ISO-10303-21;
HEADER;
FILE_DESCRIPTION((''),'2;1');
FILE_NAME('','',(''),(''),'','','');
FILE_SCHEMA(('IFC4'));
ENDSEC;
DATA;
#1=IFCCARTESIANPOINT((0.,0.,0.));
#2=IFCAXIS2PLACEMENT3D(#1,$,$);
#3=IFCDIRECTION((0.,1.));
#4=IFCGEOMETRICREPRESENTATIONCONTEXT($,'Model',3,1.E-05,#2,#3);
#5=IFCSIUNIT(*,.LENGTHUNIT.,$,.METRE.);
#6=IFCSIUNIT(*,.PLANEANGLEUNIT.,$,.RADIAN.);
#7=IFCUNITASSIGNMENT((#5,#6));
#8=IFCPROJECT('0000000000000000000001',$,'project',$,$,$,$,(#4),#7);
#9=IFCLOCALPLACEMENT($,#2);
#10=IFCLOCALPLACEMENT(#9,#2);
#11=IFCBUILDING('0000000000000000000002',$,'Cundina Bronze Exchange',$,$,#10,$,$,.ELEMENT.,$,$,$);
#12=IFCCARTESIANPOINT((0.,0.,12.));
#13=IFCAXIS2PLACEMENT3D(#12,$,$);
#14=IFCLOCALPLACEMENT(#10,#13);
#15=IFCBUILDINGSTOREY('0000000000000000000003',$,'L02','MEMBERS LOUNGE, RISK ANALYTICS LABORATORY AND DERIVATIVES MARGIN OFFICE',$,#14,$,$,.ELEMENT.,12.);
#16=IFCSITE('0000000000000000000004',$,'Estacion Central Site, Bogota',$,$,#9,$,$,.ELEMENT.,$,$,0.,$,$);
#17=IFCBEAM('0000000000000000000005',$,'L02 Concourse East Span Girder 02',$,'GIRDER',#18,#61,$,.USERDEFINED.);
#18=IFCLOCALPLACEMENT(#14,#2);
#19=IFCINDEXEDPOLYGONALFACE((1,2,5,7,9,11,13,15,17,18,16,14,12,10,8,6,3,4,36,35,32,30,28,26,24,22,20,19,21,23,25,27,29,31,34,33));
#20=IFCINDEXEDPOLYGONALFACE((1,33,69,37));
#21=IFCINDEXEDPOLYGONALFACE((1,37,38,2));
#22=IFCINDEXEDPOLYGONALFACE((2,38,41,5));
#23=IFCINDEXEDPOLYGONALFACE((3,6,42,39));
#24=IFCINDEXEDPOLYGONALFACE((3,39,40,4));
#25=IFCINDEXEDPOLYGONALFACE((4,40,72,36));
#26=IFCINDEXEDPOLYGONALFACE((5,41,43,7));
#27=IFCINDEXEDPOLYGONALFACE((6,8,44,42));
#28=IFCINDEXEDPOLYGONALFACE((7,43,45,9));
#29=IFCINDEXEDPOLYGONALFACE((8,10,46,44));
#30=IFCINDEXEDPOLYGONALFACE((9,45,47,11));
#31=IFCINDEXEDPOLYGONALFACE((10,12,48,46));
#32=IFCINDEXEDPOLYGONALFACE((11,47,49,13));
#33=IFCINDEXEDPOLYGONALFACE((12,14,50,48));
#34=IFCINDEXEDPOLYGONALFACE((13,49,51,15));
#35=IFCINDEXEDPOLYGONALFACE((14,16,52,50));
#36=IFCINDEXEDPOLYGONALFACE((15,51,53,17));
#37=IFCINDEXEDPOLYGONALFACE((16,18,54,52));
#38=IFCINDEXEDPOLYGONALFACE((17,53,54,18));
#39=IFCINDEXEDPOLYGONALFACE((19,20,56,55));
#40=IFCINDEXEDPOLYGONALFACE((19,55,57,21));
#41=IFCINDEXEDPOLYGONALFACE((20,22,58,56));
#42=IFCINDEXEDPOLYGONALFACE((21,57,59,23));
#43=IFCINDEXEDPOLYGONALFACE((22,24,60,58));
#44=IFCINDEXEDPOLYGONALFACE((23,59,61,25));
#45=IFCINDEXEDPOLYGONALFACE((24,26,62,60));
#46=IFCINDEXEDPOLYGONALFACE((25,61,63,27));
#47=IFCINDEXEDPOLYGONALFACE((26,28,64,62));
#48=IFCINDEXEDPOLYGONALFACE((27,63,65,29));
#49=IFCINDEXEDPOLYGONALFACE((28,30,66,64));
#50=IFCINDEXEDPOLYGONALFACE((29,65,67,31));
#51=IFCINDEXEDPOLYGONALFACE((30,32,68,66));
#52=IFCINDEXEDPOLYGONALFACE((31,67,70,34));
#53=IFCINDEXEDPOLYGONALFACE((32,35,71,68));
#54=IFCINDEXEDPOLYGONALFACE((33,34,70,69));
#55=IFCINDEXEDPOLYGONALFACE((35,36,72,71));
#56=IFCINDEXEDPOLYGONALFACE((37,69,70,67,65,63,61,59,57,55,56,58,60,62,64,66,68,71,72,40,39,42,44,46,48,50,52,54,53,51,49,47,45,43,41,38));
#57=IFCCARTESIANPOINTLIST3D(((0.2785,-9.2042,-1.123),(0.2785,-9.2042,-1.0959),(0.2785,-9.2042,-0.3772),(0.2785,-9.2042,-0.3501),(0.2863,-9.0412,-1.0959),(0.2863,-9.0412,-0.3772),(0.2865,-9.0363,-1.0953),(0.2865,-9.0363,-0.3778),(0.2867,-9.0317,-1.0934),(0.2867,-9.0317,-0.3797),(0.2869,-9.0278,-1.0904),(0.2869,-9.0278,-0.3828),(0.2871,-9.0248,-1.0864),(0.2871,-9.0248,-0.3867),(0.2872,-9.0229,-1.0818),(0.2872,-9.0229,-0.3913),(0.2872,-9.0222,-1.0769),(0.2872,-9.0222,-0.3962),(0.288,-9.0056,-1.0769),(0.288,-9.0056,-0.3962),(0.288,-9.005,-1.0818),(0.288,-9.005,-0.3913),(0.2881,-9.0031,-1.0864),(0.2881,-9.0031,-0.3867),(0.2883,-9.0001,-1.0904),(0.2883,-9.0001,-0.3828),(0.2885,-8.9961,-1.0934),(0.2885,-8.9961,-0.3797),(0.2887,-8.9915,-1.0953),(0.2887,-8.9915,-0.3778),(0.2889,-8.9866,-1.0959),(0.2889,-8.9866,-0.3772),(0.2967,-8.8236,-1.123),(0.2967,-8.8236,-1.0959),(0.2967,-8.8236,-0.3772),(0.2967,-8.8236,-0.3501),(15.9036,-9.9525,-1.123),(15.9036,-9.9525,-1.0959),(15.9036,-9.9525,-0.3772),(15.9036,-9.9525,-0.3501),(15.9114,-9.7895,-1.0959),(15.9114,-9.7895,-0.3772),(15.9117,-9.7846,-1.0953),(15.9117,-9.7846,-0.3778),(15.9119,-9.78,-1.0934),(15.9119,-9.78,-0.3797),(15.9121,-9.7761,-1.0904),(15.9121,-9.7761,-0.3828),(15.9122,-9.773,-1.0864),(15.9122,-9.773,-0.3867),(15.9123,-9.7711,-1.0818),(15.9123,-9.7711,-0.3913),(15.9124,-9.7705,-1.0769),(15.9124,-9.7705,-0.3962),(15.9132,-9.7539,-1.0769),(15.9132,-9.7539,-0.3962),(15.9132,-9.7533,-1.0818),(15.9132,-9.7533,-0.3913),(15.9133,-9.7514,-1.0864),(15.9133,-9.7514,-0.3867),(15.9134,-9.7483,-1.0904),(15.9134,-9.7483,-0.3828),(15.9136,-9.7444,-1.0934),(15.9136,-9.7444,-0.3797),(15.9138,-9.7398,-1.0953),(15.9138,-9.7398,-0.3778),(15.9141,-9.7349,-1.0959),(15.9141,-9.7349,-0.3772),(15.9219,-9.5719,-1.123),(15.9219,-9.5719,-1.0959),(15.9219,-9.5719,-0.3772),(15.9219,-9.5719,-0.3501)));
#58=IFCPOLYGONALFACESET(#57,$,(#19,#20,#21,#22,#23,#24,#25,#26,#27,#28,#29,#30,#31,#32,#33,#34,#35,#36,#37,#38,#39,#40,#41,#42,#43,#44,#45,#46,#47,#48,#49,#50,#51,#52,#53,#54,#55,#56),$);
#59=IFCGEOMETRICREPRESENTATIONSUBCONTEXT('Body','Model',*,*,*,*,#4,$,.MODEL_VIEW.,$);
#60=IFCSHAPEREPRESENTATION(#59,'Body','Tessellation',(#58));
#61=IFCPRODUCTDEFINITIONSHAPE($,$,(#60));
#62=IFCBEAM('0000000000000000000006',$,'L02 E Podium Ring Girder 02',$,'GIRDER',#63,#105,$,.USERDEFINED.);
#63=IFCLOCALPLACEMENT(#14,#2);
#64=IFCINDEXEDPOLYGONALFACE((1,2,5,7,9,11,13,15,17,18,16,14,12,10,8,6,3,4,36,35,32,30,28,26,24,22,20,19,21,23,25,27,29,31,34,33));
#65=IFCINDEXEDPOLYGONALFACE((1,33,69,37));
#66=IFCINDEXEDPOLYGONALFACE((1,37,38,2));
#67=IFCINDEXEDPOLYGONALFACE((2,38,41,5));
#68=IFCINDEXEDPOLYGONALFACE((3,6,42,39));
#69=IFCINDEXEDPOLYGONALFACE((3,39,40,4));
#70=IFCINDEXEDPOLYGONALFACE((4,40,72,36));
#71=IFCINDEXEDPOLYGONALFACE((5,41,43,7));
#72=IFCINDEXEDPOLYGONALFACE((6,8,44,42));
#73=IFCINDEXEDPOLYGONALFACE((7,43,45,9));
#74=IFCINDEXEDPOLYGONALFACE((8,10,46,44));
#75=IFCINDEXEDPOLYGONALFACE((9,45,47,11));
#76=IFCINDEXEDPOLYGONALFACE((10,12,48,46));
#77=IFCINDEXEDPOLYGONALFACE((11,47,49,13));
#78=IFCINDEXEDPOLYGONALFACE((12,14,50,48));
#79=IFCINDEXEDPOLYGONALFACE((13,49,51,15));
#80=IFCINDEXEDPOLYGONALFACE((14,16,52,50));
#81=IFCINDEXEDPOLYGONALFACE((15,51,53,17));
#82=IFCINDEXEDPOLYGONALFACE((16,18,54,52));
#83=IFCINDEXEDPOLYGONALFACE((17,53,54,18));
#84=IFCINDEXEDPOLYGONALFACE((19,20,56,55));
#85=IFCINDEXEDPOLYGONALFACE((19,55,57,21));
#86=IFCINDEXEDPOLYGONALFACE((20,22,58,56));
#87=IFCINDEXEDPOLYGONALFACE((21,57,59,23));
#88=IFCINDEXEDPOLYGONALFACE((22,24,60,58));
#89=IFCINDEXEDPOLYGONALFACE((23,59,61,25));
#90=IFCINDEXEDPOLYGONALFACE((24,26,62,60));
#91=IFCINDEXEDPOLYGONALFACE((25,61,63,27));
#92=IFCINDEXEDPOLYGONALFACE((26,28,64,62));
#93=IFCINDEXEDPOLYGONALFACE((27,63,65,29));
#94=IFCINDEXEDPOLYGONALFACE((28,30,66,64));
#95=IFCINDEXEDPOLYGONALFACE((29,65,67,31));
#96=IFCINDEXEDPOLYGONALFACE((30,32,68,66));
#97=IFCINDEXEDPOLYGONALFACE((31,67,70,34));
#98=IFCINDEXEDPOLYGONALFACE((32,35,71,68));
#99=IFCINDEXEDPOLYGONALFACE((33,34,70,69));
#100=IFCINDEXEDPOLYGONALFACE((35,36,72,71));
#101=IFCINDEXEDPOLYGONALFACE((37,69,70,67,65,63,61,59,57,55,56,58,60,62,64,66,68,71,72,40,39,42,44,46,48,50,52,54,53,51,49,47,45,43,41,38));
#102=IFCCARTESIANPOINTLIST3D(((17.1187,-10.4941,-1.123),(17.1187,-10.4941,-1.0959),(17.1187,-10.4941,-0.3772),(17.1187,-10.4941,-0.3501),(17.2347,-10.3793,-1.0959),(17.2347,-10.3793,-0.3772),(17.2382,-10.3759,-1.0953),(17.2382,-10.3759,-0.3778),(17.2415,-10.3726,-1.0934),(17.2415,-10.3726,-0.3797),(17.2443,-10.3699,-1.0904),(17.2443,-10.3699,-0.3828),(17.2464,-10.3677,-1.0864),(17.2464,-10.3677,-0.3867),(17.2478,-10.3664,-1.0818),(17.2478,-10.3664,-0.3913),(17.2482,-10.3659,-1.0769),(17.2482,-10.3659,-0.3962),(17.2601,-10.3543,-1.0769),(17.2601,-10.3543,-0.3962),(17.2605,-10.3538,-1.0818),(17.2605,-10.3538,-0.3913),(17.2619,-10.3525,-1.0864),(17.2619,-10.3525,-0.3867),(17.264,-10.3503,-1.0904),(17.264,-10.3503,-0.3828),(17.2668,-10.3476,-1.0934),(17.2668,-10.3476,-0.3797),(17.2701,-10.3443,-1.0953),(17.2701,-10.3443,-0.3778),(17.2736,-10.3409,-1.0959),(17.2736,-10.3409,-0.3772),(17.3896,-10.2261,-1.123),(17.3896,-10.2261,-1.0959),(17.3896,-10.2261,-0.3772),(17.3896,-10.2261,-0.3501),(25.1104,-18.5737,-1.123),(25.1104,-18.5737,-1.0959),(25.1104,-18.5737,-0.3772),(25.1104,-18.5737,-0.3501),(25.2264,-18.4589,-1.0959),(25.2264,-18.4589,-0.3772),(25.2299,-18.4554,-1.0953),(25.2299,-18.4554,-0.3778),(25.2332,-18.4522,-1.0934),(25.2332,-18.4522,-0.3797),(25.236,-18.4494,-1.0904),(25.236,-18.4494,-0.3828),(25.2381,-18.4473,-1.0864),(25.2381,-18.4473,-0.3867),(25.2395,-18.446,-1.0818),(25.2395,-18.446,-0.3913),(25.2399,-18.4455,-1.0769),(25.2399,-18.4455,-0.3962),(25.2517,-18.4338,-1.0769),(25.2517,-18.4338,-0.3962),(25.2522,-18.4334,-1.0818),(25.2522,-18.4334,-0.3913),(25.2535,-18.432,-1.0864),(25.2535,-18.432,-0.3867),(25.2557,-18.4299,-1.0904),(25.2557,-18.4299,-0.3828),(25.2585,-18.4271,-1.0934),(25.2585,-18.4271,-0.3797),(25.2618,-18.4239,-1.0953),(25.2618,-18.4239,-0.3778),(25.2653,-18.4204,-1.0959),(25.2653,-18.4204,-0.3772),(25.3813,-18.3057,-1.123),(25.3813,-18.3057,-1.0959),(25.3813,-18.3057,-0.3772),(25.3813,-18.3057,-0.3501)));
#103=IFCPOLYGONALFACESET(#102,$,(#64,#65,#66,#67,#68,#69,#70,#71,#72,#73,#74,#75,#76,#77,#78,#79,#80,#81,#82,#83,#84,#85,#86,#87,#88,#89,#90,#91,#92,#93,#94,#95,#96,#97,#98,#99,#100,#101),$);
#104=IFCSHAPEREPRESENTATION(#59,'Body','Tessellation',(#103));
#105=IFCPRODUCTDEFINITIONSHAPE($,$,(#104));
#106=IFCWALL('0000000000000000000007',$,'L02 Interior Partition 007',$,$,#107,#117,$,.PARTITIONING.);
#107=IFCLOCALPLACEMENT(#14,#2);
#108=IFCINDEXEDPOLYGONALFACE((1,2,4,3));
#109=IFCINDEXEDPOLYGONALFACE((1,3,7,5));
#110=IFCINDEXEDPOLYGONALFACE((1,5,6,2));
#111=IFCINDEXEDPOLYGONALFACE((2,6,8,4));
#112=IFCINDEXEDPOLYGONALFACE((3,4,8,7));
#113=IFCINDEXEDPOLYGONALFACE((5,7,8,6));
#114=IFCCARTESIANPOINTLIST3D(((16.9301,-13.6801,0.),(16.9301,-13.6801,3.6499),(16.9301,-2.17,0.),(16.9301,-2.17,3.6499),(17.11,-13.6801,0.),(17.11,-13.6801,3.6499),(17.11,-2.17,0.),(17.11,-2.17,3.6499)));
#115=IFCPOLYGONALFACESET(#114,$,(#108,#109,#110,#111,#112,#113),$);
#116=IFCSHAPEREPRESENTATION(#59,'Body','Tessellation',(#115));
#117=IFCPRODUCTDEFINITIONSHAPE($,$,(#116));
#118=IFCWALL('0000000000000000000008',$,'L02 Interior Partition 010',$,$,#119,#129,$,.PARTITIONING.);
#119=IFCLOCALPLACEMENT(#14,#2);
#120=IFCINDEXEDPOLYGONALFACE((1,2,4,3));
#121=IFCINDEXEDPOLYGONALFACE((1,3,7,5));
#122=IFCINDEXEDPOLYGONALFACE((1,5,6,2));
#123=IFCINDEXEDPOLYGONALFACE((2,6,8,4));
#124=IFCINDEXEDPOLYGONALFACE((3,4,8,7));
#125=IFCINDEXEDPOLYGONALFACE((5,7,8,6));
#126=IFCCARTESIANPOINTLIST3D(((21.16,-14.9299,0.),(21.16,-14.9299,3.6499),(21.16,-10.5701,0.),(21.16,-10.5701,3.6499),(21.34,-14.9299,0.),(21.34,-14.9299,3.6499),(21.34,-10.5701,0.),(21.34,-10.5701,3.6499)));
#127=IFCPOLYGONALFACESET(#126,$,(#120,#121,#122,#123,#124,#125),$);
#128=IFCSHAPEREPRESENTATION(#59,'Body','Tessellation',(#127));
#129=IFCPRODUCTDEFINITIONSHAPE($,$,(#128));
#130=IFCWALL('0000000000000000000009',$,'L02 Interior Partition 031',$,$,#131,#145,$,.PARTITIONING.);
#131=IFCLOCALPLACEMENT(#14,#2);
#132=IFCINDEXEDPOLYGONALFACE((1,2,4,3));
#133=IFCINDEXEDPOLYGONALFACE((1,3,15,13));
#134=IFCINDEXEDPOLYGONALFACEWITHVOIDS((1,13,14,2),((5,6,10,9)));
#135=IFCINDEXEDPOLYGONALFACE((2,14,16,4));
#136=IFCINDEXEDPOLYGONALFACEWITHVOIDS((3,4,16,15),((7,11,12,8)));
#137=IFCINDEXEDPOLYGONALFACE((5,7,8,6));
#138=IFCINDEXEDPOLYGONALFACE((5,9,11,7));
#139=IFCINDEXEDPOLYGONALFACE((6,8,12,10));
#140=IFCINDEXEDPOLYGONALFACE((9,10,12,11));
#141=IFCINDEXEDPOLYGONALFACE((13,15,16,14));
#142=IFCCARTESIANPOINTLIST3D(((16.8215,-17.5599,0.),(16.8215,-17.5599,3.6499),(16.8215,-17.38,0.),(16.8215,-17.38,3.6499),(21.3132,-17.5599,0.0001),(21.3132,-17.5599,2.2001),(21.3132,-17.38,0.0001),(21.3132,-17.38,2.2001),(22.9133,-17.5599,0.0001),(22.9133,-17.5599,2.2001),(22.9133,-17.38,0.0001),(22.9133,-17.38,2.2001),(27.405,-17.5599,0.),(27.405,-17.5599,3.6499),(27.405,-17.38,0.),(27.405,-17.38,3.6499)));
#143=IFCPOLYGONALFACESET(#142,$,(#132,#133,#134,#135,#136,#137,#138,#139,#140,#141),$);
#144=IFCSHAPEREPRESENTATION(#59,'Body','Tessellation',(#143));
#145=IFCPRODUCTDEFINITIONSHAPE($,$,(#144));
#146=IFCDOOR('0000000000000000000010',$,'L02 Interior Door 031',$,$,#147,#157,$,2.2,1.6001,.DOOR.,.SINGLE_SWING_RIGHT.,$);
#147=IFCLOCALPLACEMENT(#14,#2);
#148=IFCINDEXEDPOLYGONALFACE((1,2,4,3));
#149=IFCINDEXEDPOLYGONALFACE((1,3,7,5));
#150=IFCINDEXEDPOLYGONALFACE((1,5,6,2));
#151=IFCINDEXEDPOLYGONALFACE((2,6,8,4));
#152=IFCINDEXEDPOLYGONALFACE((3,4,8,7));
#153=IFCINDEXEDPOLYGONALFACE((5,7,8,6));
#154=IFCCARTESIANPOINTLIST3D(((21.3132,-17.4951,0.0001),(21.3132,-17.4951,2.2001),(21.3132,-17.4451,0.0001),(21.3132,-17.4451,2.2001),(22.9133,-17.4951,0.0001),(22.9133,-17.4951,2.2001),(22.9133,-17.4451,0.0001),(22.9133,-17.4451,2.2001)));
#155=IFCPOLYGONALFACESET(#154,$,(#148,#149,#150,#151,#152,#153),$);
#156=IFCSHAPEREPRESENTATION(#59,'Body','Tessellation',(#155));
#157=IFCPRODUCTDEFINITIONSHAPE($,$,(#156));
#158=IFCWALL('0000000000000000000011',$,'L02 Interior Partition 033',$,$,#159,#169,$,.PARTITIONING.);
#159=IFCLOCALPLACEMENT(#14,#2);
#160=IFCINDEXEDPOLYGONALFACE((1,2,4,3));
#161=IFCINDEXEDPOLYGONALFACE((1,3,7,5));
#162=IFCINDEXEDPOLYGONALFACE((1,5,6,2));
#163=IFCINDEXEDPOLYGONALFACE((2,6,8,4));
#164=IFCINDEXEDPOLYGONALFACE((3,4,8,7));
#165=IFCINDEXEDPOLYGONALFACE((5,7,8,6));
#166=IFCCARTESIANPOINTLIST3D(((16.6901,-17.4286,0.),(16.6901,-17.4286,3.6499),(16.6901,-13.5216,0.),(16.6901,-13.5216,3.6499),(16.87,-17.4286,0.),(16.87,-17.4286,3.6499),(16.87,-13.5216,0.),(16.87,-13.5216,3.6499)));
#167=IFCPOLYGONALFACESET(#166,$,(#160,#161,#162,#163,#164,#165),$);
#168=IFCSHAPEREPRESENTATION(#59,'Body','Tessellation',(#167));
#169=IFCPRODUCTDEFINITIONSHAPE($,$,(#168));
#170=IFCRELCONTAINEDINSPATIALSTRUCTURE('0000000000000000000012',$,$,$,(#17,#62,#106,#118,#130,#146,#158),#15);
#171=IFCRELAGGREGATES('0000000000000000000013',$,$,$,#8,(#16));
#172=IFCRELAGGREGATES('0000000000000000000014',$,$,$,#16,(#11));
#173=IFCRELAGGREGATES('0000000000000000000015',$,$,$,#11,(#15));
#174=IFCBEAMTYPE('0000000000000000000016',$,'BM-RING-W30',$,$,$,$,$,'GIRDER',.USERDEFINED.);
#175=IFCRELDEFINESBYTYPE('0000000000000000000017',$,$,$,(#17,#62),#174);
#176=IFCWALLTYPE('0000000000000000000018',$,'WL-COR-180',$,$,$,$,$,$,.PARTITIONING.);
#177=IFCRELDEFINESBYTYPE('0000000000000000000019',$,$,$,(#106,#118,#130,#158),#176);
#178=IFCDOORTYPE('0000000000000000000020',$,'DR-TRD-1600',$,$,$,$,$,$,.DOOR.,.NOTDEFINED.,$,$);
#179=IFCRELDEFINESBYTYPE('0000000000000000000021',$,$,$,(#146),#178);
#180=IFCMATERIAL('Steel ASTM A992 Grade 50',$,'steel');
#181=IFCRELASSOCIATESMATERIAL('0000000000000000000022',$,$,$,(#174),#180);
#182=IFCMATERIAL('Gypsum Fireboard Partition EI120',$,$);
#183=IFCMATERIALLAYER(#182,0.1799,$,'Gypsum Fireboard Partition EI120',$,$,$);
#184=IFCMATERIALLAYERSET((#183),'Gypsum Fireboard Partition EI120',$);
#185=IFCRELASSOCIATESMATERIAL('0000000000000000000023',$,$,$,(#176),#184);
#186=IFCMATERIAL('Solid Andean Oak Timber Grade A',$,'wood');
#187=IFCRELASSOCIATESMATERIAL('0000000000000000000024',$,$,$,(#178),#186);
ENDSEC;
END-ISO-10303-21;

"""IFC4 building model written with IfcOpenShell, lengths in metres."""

from ifc_helpers import new_model, si_unit, direction, frame, frame_2d, origin, origin_2d, place, context, subcontext, project, spatial, rectangle, i_section, extrude, material, layer, layer_set, material_profile, profile_set, type_object, element, fill, save


model = new_model("IFC4")

# Units and contexts
model_context = context("Model", 3, precision=1e-05, world=origin(), true_north=direction((0.0, 1.0)))
body_context = subcontext(model_context, "Body", "Model", "MODEL_VIEW")
ifc_project = project(units=[si_unit("LENGTHUNIT", "METRE"), si_unit("PLANEANGLEUNIT", "RADIAN")], contexts=[model_context])

# Site, building, storey
site_placement = place(None, origin())
site = spatial("IfcSite", under=ifc_project, at=site_placement, Name="Estacion Central Site, Bogota", CompositionType="ELEMENT", RefElevation=0.0)
building_placement = place(site_placement, origin())
building = spatial("IfcBuilding", under=site, at=building_placement, Name="Cundina Bronze Exchange", CompositionType="ELEMENT")
storey_placement = place(building_placement, frame((0.0, 0.0, 12.0)))
storey = spatial("IfcBuildingStorey", under=building, at=storey_placement, Name="L02", Description="MEMBERS LOUNGE, RISK ANALYTICS LABORATORY AND DERIVATIVES MARGIN OFFICE", CompositionType="ELEMENT", Elevation=12.0)

# Beams
ifc_material_1 = material(Name="Steel ASTM A992 Grade 50", Category="steel")
ifc_material_profile_1 = material_profile(ifc_material_1, i_section(OverallWidth=0.3811, OverallDepth=0.7729, WebThickness=0.0166, FlangeThickness=0.0271, FilletRadius=0.019, at=origin_2d()), Name="W30X173", Category="steel")
ifc_profile_set_1 = profile_set([ifc_material_profile_1], Name="Steel ASTM A992 Grade 50")
beam_type = type_object("IfcBeamType", Name="BM-RING-W30", ElementType="GIRDER", PredefinedType="USERDEFINED", material=ifc_profile_set_1)
beam_1_placement = place(storey_placement, frame((0.2876, -9.0139, -0.7366), z_axis=(0.998855, -0.047835, 0.0), x_axis=(0.047835, 0.998855, 0.0)))
element("IfcBeam", 1, at=beam_1_placement, inside=storey, type_object=beam_type, Name="L02 Concourse East Span Girder 02", ObjectType="GIRDER", PredefinedType="USERDEFINED", context=body_context, shape_type="SweptSolid", body=[
    extrude(i_section(OverallWidth=0.3811, OverallDepth=0.7729, WebThickness=0.0166, FlangeThickness=0.0271, FilletRadius=0.019, at=origin_2d()), origin(), (0.0, 0.0, 1.0), 15.6431),
])
beam_2_placement = place(storey_placement, frame((17.2542, -10.3601, -0.7366), z_axis=(0.703229, -0.710963, 0.0), x_axis=(0.710963, 0.703229, 0.0)))
element("IfcBeam", 2, at=beam_2_placement, inside=storey, type_object=beam_type, Name="L02 E Podium Ring Girder 02", ObjectType="GIRDER", PredefinedType="USERDEFINED", context=body_context, shape_type="SweptSolid", body=[
    extrude(i_section(OverallWidth=0.3811, OverallDepth=0.7729, WebThickness=0.0166, FlangeThickness=0.0271, FilletRadius=0.019, at=origin_2d()), origin(), (0.0, 0.0, 1.0), 11.3643),
])

# Walls
ifc_material_2 = material(Name="Gypsum Fireboard Partition EI120")
ifc_layer_1 = layer(ifc_material_2, 0.1799, Name="Gypsum Fireboard Partition EI120")
ifc_layer_set_1 = layer_set([ifc_layer_1], Name="Gypsum Fireboard Partition EI120")
wall_type_1 = type_object("IfcWallType", Name="WL-COR-180", PredefinedType="PARTITIONING", material=ifc_layer_set_1)
wall_1_placement = place(storey_placement, frame((17.02, -13.6799, 0.0), z_axis=(0.0, 0.0, 1.0), x_axis=(0.0, 1.0, 0.0)))
element("IfcWall", 3, at=wall_1_placement, inside=storey, type_object=wall_type_1, Name="L02 Interior Partition 007", PredefinedType="PARTITIONING", context=body_context, shape_type="SweptSolid", body=[
    extrude(rectangle(XDim=11.51, YDim=0.1799, at=frame_2d((5.7549, 0.0))), origin(), (0.0, 0.0, 1.0), 3.6499),
])
wall_2_placement = place(storey_placement, frame((21.25, -14.9299, 0.0), z_axis=(0.0, 0.0, 1.0), x_axis=(0.0, 1.0, 0.0)))
element("IfcWall", 4, at=wall_2_placement, inside=storey, type_object=wall_type_1, Name="L02 Interior Partition 010", PredefinedType="PARTITIONING", context=body_context, shape_type="SweptSolid", body=[
    extrude(rectangle(XDim=4.3599, YDim=0.1799, at=frame_2d((2.1799, 0.0))), origin(), (0.0, 0.0, 1.0), 3.6499),
])

# Wall, opening, door
wall_3_placement = place(storey_placement, frame((16.8215, -17.47, 0.0), z_axis=(0.0, 0.0, 1.0), x_axis=(1.0, 0.0, 0.0)))
wall_3 = element("IfcWall", 5, at=wall_3_placement, inside=storey, type_object=wall_type_1, Name="L02 Interior Partition 031", PredefinedType="PARTITIONING", context=body_context, shape_type="SweptSolid", body=[
    extrude(rectangle(XDim=10.5835, YDim=0.1799, at=frame_2d((5.2917, 0.0))), origin(), (0.0, 0.0, 1.0), 3.6499),
])
opening_1_placement = place(wall_3_placement, frame((4.4917, 0.0, 0.0)))
opening_1 = element("IfcOpeningElement", 6, at=opening_1_placement, cuts=wall_3, PredefinedType="OPENING", context=body_context, shape_type="SweptSolid", body=[
    extrude(rectangle(XDim=1.6001, YDim=2.2, at=frame_2d((0.8, 1.1001))), frame((0.0, 0.0999, 0.0), z_axis=(0.0, -1.0, 0.0), x_axis=(1.0, 0.0, 0.0)), (0.0, 0.0, 1.0), 0.2),
])
ifc_material_3 = material(Name="Solid Andean Oak Timber Grade A", Category="wood")
door_type_1 = type_object("IfcDoorType", Name="DR-TRD-1600", OperationType="NOTDEFINED", PredefinedType="DOOR", material=ifc_material_3)
door_1_placement = place(opening_1_placement, origin())
door_1 = element("IfcDoor", 7, at=door_1_placement, inside=storey, type_object=door_type_1, Name="L02 Interior Door 031", OperationType="SINGLE_SWING_RIGHT", OverallHeight=2.2, OverallWidth=1.6001, PredefinedType="DOOR", context=body_context, shape_type="SweptSolid", body=[
    extrude(rectangle(XDim=1.6001, YDim=2.2, at=frame_2d((0.8, 1.1001))), frame((0.0, 0.0249, 0.0), z_axis=(0.0, -1.0, 0.0), x_axis=(1.0, 0.0, 0.0)), (0.0, 0.0, 1.0), 0.05),
])
fill(opening_1, door_1)

# Wall
wall_4_placement = place(storey_placement, frame((16.78, -13.5215, 0.0), z_axis=(0.0, 0.0, 1.0), x_axis=(0.0, -1.0, 0.0)))
element("IfcWall", 8, at=wall_4_placement, inside=storey, type_object=wall_type_1, Name="L02 Interior Partition 033", PredefinedType="PARTITIONING", context=body_context, shape_type="SweptSolid", body=[
    extrude(rectangle(XDim=3.907, YDim=0.1799, at=frame_2d((1.9536, 0.0))), origin(), (0.0, 0.0, 1.0), 3.6499),
])

save(model, "model.ifc")
